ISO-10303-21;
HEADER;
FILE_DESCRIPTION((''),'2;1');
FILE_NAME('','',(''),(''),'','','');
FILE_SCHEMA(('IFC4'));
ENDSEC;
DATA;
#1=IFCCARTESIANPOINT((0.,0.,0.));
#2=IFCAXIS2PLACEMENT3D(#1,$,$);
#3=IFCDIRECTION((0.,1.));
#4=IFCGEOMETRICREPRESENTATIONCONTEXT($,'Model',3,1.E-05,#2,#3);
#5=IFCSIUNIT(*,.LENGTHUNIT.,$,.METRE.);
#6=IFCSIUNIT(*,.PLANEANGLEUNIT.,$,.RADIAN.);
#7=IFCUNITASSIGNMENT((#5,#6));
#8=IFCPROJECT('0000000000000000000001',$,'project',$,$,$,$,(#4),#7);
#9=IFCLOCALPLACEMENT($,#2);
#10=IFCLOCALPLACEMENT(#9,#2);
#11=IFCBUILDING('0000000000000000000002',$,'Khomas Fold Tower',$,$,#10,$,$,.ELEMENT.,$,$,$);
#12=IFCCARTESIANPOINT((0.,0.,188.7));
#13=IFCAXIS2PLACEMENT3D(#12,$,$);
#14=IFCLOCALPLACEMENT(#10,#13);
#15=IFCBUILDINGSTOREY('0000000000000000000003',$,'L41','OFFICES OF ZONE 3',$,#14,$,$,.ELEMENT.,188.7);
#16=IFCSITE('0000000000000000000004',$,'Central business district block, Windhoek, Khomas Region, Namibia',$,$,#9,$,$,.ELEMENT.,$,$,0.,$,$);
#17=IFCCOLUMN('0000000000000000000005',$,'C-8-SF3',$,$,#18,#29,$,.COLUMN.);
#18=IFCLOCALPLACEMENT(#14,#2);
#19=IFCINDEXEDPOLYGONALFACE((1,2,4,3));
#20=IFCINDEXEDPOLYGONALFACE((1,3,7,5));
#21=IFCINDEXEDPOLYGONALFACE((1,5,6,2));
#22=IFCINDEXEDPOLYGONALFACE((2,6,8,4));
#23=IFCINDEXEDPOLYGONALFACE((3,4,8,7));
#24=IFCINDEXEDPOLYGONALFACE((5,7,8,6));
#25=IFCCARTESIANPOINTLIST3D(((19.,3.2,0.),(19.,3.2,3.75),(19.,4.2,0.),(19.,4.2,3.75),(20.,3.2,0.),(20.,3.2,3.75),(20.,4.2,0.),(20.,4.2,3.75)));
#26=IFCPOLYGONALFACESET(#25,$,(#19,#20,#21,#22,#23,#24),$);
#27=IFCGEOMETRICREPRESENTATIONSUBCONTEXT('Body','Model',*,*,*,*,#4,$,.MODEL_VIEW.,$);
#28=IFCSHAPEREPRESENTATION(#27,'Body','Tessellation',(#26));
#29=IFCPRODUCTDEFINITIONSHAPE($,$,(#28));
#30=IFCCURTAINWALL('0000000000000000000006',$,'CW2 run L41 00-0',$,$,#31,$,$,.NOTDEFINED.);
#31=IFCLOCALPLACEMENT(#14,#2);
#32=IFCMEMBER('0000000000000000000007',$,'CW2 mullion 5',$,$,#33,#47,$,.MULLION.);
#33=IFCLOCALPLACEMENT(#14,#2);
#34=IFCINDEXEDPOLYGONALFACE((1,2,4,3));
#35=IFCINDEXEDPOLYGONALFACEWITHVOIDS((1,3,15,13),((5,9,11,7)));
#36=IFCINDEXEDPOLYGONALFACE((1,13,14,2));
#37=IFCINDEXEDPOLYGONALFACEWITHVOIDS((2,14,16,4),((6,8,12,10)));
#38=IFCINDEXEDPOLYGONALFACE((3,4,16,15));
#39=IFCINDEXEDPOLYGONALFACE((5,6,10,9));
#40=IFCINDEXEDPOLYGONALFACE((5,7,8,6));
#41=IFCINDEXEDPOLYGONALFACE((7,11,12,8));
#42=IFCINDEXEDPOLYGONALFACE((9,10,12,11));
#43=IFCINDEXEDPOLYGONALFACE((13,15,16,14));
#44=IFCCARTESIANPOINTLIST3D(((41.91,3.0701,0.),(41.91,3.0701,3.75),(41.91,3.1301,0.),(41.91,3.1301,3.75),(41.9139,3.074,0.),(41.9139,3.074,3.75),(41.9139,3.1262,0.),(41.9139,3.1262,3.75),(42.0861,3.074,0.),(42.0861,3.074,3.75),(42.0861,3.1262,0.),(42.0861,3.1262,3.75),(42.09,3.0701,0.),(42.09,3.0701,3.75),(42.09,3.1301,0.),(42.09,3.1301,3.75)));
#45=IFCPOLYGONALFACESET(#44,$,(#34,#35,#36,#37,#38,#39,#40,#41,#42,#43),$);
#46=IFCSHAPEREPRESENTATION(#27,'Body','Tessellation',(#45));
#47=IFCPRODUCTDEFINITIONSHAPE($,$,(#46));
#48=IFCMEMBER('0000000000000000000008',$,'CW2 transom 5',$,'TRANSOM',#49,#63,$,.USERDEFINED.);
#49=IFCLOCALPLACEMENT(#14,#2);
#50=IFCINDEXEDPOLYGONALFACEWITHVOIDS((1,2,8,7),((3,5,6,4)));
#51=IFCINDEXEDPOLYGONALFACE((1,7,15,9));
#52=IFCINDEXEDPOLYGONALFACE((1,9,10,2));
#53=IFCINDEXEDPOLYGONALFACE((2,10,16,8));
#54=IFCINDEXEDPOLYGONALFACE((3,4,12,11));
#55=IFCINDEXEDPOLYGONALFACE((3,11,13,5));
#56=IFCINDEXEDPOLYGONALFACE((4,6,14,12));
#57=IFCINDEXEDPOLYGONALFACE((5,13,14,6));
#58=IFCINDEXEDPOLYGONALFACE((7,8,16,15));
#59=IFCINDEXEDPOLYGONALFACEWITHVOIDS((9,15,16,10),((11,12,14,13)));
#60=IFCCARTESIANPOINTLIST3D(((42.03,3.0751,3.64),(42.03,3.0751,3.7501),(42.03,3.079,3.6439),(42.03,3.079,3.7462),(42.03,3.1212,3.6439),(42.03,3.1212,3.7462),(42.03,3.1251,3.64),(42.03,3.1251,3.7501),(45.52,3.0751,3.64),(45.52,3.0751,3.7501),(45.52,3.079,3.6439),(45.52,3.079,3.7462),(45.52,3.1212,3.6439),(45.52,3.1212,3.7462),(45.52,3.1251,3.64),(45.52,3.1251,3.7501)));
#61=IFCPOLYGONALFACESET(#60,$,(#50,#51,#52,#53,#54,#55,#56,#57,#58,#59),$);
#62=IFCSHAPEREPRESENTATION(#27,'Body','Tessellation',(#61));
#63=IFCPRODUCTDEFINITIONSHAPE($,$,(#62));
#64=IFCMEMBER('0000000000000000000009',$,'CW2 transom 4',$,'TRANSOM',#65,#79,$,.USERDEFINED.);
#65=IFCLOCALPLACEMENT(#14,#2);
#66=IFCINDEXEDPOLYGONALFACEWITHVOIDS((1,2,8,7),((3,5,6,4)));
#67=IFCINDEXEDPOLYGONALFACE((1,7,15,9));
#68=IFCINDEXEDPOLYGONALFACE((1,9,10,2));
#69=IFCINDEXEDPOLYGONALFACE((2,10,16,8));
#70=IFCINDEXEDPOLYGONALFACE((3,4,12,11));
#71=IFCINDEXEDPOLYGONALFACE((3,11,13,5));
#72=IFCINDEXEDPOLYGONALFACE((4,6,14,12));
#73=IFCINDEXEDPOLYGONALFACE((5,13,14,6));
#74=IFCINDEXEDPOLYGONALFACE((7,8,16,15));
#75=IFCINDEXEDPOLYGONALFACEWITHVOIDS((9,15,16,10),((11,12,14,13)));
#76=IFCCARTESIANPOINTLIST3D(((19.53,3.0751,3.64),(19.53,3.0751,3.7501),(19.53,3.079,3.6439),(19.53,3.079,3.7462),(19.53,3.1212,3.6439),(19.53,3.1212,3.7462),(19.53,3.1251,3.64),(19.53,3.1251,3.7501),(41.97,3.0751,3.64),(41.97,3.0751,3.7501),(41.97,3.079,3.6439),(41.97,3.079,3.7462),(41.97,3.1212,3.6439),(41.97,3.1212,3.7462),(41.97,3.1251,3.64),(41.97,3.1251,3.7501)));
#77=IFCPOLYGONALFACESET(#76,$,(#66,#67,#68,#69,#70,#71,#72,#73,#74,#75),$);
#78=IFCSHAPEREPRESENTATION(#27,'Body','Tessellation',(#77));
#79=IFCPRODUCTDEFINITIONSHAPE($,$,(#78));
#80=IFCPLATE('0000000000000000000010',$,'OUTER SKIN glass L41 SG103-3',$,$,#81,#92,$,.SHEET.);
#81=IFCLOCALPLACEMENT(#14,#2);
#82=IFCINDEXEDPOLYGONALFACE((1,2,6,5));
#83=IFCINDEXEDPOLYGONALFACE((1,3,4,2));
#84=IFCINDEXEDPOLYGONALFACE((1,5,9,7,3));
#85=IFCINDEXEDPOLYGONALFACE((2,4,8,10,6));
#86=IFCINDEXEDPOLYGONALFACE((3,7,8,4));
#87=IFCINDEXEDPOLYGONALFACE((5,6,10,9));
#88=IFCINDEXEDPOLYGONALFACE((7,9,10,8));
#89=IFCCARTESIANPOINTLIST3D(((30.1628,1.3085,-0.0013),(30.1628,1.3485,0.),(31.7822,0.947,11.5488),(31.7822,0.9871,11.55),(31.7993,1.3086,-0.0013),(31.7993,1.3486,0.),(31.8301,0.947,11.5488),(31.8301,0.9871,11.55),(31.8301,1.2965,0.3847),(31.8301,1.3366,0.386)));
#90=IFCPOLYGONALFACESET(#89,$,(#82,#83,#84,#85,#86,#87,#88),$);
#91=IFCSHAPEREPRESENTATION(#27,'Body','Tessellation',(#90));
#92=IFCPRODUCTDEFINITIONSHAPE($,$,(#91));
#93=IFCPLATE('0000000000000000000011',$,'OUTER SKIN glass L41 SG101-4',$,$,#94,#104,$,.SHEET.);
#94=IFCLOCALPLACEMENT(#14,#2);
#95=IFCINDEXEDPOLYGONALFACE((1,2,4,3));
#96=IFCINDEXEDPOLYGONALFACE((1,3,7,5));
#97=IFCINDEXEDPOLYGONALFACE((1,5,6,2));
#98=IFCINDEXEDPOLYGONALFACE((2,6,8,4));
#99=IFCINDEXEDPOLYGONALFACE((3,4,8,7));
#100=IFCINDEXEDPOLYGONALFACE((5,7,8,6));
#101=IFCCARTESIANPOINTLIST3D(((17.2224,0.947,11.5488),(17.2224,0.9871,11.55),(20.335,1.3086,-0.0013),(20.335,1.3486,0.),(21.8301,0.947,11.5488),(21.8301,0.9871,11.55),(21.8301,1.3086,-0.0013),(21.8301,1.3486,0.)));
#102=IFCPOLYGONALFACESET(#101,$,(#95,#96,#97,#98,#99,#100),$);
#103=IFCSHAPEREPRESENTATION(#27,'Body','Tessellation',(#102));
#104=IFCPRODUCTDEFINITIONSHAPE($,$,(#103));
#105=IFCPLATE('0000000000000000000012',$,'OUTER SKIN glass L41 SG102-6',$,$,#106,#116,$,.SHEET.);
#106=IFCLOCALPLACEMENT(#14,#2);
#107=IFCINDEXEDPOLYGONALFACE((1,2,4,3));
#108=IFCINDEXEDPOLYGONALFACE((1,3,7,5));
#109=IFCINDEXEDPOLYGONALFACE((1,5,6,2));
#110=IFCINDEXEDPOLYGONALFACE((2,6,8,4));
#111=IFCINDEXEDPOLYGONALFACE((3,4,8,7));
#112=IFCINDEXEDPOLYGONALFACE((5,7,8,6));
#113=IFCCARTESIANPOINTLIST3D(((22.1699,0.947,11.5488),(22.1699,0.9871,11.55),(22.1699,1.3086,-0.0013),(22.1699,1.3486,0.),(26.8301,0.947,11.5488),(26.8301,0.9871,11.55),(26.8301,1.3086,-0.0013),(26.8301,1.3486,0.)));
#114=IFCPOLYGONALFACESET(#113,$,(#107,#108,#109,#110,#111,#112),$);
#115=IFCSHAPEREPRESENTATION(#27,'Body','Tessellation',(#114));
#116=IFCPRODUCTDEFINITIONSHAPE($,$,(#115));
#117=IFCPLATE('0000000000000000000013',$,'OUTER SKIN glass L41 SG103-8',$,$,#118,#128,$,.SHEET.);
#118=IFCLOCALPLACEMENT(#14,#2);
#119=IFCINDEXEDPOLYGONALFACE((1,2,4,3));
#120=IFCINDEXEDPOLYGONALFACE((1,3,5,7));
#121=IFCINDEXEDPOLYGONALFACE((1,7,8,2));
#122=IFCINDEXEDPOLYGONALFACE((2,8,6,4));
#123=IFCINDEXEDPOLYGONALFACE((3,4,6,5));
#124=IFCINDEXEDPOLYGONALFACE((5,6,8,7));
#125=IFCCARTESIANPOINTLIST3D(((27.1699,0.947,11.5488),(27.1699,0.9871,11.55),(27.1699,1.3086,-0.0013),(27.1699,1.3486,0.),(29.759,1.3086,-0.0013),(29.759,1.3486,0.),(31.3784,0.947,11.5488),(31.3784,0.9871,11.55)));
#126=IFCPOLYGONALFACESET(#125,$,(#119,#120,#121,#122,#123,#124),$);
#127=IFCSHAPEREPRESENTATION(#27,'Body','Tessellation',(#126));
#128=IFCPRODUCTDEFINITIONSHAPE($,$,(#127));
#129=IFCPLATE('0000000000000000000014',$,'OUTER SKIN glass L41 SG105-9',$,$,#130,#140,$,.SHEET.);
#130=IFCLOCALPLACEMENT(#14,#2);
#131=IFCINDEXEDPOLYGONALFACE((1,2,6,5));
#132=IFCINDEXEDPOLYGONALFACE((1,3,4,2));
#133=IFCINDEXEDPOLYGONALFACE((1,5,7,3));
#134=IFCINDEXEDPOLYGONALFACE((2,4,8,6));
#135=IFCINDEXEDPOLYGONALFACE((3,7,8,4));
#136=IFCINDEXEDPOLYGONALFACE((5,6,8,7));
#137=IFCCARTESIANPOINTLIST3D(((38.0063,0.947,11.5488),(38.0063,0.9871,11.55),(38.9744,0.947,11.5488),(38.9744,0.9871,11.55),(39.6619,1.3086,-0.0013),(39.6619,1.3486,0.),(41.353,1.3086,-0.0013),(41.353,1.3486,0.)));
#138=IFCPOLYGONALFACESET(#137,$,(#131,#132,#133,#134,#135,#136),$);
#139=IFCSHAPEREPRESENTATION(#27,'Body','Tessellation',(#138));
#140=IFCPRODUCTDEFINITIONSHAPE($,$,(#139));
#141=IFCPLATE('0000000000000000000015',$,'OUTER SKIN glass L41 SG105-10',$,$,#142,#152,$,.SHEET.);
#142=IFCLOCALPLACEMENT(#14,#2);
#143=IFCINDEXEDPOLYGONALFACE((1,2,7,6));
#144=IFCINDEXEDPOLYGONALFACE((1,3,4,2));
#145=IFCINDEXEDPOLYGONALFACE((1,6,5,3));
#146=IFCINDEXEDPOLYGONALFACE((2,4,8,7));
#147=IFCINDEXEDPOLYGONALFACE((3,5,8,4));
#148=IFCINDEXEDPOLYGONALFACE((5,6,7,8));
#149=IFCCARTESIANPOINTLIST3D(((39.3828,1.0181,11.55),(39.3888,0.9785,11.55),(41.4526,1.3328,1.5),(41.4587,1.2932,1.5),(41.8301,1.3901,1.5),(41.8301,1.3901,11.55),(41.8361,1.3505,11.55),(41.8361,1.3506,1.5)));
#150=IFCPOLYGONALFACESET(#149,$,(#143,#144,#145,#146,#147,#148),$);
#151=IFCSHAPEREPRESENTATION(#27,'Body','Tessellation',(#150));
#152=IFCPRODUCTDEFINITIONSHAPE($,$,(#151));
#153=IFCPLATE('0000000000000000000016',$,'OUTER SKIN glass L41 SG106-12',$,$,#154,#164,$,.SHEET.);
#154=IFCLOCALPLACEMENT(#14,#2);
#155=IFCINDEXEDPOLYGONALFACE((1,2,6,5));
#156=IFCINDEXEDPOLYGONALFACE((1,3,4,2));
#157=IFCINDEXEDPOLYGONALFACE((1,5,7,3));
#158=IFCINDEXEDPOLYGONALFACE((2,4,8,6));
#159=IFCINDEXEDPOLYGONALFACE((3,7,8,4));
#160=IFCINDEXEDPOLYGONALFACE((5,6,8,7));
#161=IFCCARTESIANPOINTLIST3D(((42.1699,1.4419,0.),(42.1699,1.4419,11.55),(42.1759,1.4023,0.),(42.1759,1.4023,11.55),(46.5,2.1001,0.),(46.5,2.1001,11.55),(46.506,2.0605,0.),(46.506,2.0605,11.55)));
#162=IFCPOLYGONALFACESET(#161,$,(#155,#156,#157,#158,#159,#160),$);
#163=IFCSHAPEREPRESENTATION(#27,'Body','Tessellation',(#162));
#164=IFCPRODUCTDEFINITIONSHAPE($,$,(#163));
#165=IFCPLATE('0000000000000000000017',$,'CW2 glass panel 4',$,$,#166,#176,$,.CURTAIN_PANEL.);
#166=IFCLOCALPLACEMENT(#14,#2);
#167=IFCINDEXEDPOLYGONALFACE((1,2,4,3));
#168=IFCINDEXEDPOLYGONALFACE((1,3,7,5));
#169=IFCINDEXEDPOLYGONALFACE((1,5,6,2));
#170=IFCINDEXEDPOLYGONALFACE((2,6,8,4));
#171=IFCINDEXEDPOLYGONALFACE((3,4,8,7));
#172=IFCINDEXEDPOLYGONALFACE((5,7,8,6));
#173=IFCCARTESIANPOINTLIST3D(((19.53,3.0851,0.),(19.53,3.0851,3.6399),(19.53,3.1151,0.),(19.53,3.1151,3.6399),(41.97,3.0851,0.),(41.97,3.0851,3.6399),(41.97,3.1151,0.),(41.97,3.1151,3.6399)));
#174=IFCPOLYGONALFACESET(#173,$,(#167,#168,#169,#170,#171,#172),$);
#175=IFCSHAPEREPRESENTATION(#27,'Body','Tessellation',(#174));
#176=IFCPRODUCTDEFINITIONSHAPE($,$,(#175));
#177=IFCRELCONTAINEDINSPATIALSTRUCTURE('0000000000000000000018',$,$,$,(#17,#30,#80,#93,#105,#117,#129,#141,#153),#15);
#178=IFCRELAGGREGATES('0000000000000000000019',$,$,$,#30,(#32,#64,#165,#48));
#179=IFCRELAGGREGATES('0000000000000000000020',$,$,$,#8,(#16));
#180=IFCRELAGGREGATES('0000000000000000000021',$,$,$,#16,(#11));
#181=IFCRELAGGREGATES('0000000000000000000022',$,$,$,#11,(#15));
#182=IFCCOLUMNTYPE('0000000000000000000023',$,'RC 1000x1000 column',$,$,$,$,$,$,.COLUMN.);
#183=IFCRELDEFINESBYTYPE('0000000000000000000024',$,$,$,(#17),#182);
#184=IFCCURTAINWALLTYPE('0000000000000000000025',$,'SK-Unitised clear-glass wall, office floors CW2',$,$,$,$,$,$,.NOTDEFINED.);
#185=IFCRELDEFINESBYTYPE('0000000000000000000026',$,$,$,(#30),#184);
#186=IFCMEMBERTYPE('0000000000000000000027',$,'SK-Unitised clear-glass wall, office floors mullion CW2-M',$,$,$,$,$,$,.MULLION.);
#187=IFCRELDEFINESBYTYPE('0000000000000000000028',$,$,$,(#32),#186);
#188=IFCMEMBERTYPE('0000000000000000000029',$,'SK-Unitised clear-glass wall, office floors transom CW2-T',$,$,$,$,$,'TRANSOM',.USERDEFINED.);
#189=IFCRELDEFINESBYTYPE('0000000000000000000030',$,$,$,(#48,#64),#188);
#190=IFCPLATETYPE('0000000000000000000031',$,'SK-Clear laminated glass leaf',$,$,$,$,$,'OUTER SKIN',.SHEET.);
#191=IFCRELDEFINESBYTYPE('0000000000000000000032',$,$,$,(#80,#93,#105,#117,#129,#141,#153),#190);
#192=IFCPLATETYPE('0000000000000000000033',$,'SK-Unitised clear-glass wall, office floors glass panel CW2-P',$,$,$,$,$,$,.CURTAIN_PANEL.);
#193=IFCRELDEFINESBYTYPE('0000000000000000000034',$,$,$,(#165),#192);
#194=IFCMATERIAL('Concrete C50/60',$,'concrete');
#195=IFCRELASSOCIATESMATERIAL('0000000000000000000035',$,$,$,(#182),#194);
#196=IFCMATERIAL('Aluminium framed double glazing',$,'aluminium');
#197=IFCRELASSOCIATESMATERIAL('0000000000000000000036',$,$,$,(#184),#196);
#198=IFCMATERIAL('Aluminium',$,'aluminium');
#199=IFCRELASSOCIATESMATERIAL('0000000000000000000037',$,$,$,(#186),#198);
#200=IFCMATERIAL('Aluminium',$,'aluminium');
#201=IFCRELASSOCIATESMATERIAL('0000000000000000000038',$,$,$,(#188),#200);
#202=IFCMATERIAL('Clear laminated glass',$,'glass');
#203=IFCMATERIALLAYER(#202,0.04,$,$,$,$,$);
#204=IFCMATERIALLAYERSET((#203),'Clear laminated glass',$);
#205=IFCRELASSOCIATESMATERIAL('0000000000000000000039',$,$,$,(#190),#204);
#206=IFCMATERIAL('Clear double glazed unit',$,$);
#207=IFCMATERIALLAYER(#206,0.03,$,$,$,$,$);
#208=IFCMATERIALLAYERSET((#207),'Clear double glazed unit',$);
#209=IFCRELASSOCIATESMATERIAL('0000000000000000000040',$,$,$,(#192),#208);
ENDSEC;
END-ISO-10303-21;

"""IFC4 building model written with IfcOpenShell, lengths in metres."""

from ifc_helpers import new_model, si_unit, direction, frame, origin, origin_2d, place, context, subcontext, project, spatial, polyline, rectangle, hollow_rectangle, outline, extrude, source, transform, mapped, material, layer, layer_set, material_profile, profile_set, type_object, element, aggregate, save


model = new_model("IFC4")

# Units and contexts
model_context = context("Model", 3, precision=1e-05, world=origin(), true_north=direction((0.0, 1.0)))
body_context = subcontext(model_context, "Body", "Model", "MODEL_VIEW")
ifc_project = project(units=[si_unit("LENGTHUNIT", "METRE"), si_unit("PLANEANGLEUNIT", "RADIAN")], contexts=[model_context])

# Site, building, storey
site_placement = place(None, origin())
site = spatial("IfcSite", under=ifc_project, at=site_placement, Name="Central business district block, Windhoek, Khomas Region, Namibia", CompositionType="ELEMENT", RefElevation=0.0)
building_placement = place(site_placement, origin())
building = spatial("IfcBuilding", under=site, at=building_placement, Name="Khomas Fold Tower", CompositionType="ELEMENT")
storey_placement = place(building_placement, frame((0.0, 0.0, 188.7)))
storey = spatial("IfcBuildingStorey", under=building, at=storey_placement, Name="L41", Description="OFFICES OF ZONE 3", CompositionType="ELEMENT", Elevation=188.7)

# Column
ifc_material_1 = material(Name="Concrete C50/60", Category="concrete")
ifc_material_profile_1 = material_profile(ifc_material_1, rectangle(XDim=1.0, YDim=1.0, at=origin_2d()), Name="RC 1000x1000")
ifc_profile_set_1 = profile_set([ifc_material_profile_1], Name="Concrete C50/60")
column_type = type_object("IfcColumnType", Name="RC 1000x1000 column", PredefinedType="COLUMN", material=ifc_profile_set_1)
shared_shape_1 = source(origin(), body_context, "Body", "SweptSolid", [
    extrude(rectangle(XDim=1.0, YDim=1.0, at=origin_2d()), origin(), (0.0, 0.0, 1.0), 3.75),
])
column_placement = place(storey_placement, frame((19.5, 3.7, 0.0), z_axis=(0.0, 0.0, 1.0), x_axis=(1.0, 0.0, 0.0)))
element("IfcColumn", 1, at=column_placement, inside=storey, type_object=column_type, Name="C-8-SF3", PredefinedType="COLUMN", context=body_context, shape_type="MappedRepresentation", body=[
    mapped(shared_shape_1, transform((0.0, 0.0, 0.0))),
])

# Curtain wall, members
ifc_material_2 = material(Name="Aluminium framed double glazing", Category="aluminium")
curtain_wall_type = type_object("IfcCurtainWallType", Name="SK-Unitised clear-glass wall, office floors CW2", PredefinedType="NOTDEFINED", material=ifc_material_2)
curtain_wall_placement = place(storey_placement, origin())
curtain_wall = element("IfcCurtainWall", 2, at=curtain_wall_placement, inside=storey, type_object=curtain_wall_type, Name="CW2 run L41 00-0", PredefinedType="NOTDEFINED")
ifc_material_3 = material(Name="Aluminium", Category="aluminium")
ifc_material_profile_2 = material_profile(ifc_material_3, hollow_rectangle(XDim=0.0601, YDim=0.1799, WallThickness=0.0039, at=origin_2d()), Name="SK-Unitised clear-glass wall, office floors mullion CW2-M")
ifc_profile_set_2 = profile_set([ifc_material_profile_2], Name="Aluminium")
member_type_1 = type_object("IfcMemberType", Name="SK-Unitised clear-glass wall, office floors mullion CW2-M", PredefinedType="MULLION", material=ifc_profile_set_2)
shared_shape_2 = source(origin(), body_context, "Body", "SweptSolid", [
    extrude(hollow_rectangle(XDim=0.0601, YDim=0.1799, WallThickness=0.0039, at=origin_2d()), origin(), (0.0, 0.0, 1.0), 3.75),
])
member_1_placement = place(storey_placement, frame((42.0, 3.1001, 0.0), z_axis=(0.0, 0.0, 1.0), x_axis=(0.0, 1.0, 0.0)))
member_1 = element("IfcMember", 3, at=member_1_placement, type_object=member_type_1, Name="CW2 mullion 5", PredefinedType="MULLION", context=body_context, shape_type="MappedRepresentation", body=[
    mapped(shared_shape_2, transform((0.0, 0.0, 0.0))),
])
ifc_material_4 = material(Name="Aluminium", Category="aluminium")
ifc_material_profile_3 = material_profile(ifc_material_4, hollow_rectangle(XDim=0.05, YDim=0.1101, WallThickness=0.0039, at=origin_2d()), Name="SK-Unitised clear-glass wall, office floors transom CW2-T")
ifc_profile_set_3 = profile_set([ifc_material_profile_3], Name="Aluminium")
member_type_2 = type_object("IfcMemberType", Name="SK-Unitised clear-glass wall, office floors transom CW2-T", ElementType="TRANSOM", PredefinedType="USERDEFINED", material=ifc_profile_set_3)
shared_shape_3 = source(origin(), body_context, "Body", "SweptSolid", [
    extrude(hollow_rectangle(XDim=0.05, YDim=0.1101, WallThickness=0.0039, at=origin_2d()), origin(), (0.0, 0.0, 1.0), 3.49),
])
member_2_placement = place(storey_placement, frame((42.03, 3.1001, 3.6951), z_axis=(1.0, 0.0, 0.0), x_axis=(0.0, 1.0, 0.0)))
member_2 = element("IfcMember", 4, at=member_2_placement, type_object=member_type_2, Name="CW2 transom 5", ObjectType="TRANSOM", PredefinedType="USERDEFINED", context=body_context, shape_type="MappedRepresentation", body=[
    mapped(shared_shape_3, transform((0.0, 0.0, 0.0))),
])
shared_shape_4 = source(origin(), body_context, "Body", "SweptSolid", [
    extrude(hollow_rectangle(XDim=0.05, YDim=0.1101, WallThickness=0.0039, at=origin_2d()), origin(), (0.0, 0.0, 1.0), 22.4399),
])
member_3_placement = place(storey_placement, frame((19.53, 3.1001, 3.6951), z_axis=(1.0, 0.0, 0.0), x_axis=(0.0, 1.0, 0.0)))
member_3 = element("IfcMember", 5, at=member_3_placement, type_object=member_type_2, Name="CW2 transom 4", ObjectType="TRANSOM", PredefinedType="USERDEFINED", context=body_context, shape_type="MappedRepresentation", body=[
    mapped(shared_shape_4, transform((0.0, 0.0, 0.0))),
])

# Plates
ifc_material_5 = material(Name="Clear laminated glass", Category="glass")
ifc_layer_1 = layer(ifc_material_5, 0.04)
ifc_layer_set_1 = layer_set([ifc_layer_1], Name="Clear laminated glass")
plate_type_1 = type_object("IfcPlateType", Name="SK-Clear laminated glass leaf", ElementType="OUTER SKIN", PredefinedType="SHEET", material=ifc_layer_set_1)
plate_1_placement = place(storey_placement, frame((31.7993, 1.3486, 0.0), z_axis=(-0.00007, 0.99951, 0.03129), x_axis=(-1.0, -0.00007, -0.000002)))
element("IfcPlate", 6, at=plate_1_placement, inside=storey, type_object=plate_type_1, Name="OUTER SKIN glass L41 SG103-3", PredefinedType="SHEET", context=body_context, shape_type="SweptSolid", body=[
    extrude(outline(polyline([(0.0, 0.0), (1.6365, 0.0), (0.0171, 11.5557), (-0.0308, 11.5557), (-0.0308, 0.3862), (0.0, 0.0)])), origin(), (0.0, 0.0, -1.0), 0.04),
])
plate_2_placement = place(storey_placement, frame((20.335, 1.3486, 0.0), z_axis=(0.0, 0.99951, 0.031289), x_axis=(-0.260082, -0.030213, 0.965114)))
element("IfcPlate", 7, at=plate_2_placement, inside=storey, type_object=plate_type_1, Name="OUTER SKIN glass L41 SG101-4", PredefinedType="SHEET", context=body_context, shape_type="SweptSolid", body=[
    extrude(outline(polyline([(0.0, 0.0), (11.9676, 0.0), (10.7692, 4.4491), (-0.3889, 1.4437), (0.0, 0.0)])), origin(), (0.0, 0.0, -1.0), 0.04),
])
plate_3_placement = place(storey_placement, frame((22.1699, 1.3486, 0.0), z_axis=(0.0, 0.99951, 0.031289), x_axis=(0.0, -0.031289, 0.99951)))
element("IfcPlate", 8, at=plate_3_placement, inside=storey, type_object=plate_type_1, Name="OUTER SKIN glass L41 SG102-6", PredefinedType="SHEET", context=body_context, shape_type="SweptSolid", body=[
    extrude(outline(polyline([(0.0, 0.0), (11.5557, 0.0), (11.5557, 4.6602), (0.0, 4.6602), (0.0, 0.0)])), origin(), (0.0, 0.0, -1.0), 0.04),
])
plate_4_placement = place(storey_placement, frame((29.759, 1.3486, 0.0), z_axis=(0.0, 0.99951, 0.031289), x_axis=(-1.0, 0.0, 0.0)))
element("IfcPlate", 9, at=plate_4_placement, inside=storey, type_object=plate_type_1, Name="OUTER SKIN glass L41 SG103-8", PredefinedType="SHEET", context=body_context, shape_type="SweptSolid", body=[
    extrude(outline(polyline([(0.0, 0.0), (2.5891, 0.0), (2.5891, 11.5557), (-1.6194, 11.5557), (0.0, 0.0)])), origin(), (0.0, 0.0, -1.0), 0.04),
])
plate_5_placement = place(storey_placement, frame((41.353, 1.3486, 0.0), z_axis=(0.0, 0.99951, 0.031289), x_axis=(-1.0, 0.0, 0.0)))
element("IfcPlate", 10, at=plate_5_placement, inside=storey, type_object=plate_type_1, Name="OUTER SKIN glass L41 SG105-9", PredefinedType="SHEET", context=body_context, shape_type="SweptSolid", body=[
    extrude(outline(polyline([(0.0, 0.0), (1.6912, 0.0), (3.3467, 11.5557), (2.3787, 11.5557), (0.0, 0.0)])), origin(), (0.0, 0.0, -1.0), 0.04),
])
plate_6_placement = place(storey_placement, frame((39.3828, 1.0181, 11.55), z_axis=(-0.150304, 0.98864, 0.000001), x_axis=(0.98864, 0.150304, 0.0)))
element("IfcPlate", 11, at=plate_6_placement, inside=storey, type_object=plate_type_1, Name="OUTER SKIN glass L41 SG105-10", PredefinedType="SHEET", context=body_context, shape_type="SweptSolid", body=[
    extrude(outline(polyline([(0.0, 0.0), (2.4754, 0.0), (2.4754, 10.05), (2.0936, 10.05), (0.0, 0.0)])), origin(), (0.0, 0.0, -1.0), 0.04),
])
plate_7_placement = place(storey_placement, frame((42.1699, 1.4419, 0.0), z_axis=(-0.150281, 0.988643, 0.0), x_axis=(0.0, 0.0, 1.0)))
element("IfcPlate", 12, at=plate_7_placement, inside=storey, type_object=plate_type_1, Name="OUTER SKIN glass L41 SG106-12", PredefinedType="SHEET", context=body_context, shape_type="SweptSolid", body=[
    extrude(outline(polyline([(0.0, 0.0), (11.55, 0.0), (11.55, 4.3798), (0.0, 4.3798), (0.0, 0.0)])), origin(), (0.0, 0.0, -1.0), 0.04),
])

# Plate
ifc_material_6 = material(Name="Clear double glazed unit")
ifc_layer_2 = layer(ifc_material_6, 0.03)
ifc_layer_set_2 = layer_set([ifc_layer_2], Name="Clear double glazed unit")
plate_type_2 = type_object("IfcPlateType", Name="SK-Unitised clear-glass wall, office floors glass panel CW2-P", PredefinedType="CURTAIN_PANEL", material=ifc_layer_set_2)
shared_shape_5 = source(origin(), body_context, "Body", "SweptSolid", [
    extrude(rectangle(XDim=22.4399, YDim=0.03, at=origin_2d()), origin(), (0.0, 0.0, 1.0), 3.6399),
])
plate_8_placement = place(storey_placement, frame((30.75, 3.1001, 0.0), z_axis=(0.0, 0.0, 1.0), x_axis=(1.0, 0.0, 0.0)))
plate_8 = element("IfcPlate", 13, at=plate_8_placement, type_object=plate_type_2, Name="CW2 glass panel 4", PredefinedType="CURTAIN_PANEL", context=body_context, shape_type="MappedRepresentation", body=[
    mapped(shared_shape_5, transform((0.0, 0.0, 0.0))),
])
aggregate(curtain_wall, [member_1, member_3, plate_8, member_2])

save(model, "model.ifc")
